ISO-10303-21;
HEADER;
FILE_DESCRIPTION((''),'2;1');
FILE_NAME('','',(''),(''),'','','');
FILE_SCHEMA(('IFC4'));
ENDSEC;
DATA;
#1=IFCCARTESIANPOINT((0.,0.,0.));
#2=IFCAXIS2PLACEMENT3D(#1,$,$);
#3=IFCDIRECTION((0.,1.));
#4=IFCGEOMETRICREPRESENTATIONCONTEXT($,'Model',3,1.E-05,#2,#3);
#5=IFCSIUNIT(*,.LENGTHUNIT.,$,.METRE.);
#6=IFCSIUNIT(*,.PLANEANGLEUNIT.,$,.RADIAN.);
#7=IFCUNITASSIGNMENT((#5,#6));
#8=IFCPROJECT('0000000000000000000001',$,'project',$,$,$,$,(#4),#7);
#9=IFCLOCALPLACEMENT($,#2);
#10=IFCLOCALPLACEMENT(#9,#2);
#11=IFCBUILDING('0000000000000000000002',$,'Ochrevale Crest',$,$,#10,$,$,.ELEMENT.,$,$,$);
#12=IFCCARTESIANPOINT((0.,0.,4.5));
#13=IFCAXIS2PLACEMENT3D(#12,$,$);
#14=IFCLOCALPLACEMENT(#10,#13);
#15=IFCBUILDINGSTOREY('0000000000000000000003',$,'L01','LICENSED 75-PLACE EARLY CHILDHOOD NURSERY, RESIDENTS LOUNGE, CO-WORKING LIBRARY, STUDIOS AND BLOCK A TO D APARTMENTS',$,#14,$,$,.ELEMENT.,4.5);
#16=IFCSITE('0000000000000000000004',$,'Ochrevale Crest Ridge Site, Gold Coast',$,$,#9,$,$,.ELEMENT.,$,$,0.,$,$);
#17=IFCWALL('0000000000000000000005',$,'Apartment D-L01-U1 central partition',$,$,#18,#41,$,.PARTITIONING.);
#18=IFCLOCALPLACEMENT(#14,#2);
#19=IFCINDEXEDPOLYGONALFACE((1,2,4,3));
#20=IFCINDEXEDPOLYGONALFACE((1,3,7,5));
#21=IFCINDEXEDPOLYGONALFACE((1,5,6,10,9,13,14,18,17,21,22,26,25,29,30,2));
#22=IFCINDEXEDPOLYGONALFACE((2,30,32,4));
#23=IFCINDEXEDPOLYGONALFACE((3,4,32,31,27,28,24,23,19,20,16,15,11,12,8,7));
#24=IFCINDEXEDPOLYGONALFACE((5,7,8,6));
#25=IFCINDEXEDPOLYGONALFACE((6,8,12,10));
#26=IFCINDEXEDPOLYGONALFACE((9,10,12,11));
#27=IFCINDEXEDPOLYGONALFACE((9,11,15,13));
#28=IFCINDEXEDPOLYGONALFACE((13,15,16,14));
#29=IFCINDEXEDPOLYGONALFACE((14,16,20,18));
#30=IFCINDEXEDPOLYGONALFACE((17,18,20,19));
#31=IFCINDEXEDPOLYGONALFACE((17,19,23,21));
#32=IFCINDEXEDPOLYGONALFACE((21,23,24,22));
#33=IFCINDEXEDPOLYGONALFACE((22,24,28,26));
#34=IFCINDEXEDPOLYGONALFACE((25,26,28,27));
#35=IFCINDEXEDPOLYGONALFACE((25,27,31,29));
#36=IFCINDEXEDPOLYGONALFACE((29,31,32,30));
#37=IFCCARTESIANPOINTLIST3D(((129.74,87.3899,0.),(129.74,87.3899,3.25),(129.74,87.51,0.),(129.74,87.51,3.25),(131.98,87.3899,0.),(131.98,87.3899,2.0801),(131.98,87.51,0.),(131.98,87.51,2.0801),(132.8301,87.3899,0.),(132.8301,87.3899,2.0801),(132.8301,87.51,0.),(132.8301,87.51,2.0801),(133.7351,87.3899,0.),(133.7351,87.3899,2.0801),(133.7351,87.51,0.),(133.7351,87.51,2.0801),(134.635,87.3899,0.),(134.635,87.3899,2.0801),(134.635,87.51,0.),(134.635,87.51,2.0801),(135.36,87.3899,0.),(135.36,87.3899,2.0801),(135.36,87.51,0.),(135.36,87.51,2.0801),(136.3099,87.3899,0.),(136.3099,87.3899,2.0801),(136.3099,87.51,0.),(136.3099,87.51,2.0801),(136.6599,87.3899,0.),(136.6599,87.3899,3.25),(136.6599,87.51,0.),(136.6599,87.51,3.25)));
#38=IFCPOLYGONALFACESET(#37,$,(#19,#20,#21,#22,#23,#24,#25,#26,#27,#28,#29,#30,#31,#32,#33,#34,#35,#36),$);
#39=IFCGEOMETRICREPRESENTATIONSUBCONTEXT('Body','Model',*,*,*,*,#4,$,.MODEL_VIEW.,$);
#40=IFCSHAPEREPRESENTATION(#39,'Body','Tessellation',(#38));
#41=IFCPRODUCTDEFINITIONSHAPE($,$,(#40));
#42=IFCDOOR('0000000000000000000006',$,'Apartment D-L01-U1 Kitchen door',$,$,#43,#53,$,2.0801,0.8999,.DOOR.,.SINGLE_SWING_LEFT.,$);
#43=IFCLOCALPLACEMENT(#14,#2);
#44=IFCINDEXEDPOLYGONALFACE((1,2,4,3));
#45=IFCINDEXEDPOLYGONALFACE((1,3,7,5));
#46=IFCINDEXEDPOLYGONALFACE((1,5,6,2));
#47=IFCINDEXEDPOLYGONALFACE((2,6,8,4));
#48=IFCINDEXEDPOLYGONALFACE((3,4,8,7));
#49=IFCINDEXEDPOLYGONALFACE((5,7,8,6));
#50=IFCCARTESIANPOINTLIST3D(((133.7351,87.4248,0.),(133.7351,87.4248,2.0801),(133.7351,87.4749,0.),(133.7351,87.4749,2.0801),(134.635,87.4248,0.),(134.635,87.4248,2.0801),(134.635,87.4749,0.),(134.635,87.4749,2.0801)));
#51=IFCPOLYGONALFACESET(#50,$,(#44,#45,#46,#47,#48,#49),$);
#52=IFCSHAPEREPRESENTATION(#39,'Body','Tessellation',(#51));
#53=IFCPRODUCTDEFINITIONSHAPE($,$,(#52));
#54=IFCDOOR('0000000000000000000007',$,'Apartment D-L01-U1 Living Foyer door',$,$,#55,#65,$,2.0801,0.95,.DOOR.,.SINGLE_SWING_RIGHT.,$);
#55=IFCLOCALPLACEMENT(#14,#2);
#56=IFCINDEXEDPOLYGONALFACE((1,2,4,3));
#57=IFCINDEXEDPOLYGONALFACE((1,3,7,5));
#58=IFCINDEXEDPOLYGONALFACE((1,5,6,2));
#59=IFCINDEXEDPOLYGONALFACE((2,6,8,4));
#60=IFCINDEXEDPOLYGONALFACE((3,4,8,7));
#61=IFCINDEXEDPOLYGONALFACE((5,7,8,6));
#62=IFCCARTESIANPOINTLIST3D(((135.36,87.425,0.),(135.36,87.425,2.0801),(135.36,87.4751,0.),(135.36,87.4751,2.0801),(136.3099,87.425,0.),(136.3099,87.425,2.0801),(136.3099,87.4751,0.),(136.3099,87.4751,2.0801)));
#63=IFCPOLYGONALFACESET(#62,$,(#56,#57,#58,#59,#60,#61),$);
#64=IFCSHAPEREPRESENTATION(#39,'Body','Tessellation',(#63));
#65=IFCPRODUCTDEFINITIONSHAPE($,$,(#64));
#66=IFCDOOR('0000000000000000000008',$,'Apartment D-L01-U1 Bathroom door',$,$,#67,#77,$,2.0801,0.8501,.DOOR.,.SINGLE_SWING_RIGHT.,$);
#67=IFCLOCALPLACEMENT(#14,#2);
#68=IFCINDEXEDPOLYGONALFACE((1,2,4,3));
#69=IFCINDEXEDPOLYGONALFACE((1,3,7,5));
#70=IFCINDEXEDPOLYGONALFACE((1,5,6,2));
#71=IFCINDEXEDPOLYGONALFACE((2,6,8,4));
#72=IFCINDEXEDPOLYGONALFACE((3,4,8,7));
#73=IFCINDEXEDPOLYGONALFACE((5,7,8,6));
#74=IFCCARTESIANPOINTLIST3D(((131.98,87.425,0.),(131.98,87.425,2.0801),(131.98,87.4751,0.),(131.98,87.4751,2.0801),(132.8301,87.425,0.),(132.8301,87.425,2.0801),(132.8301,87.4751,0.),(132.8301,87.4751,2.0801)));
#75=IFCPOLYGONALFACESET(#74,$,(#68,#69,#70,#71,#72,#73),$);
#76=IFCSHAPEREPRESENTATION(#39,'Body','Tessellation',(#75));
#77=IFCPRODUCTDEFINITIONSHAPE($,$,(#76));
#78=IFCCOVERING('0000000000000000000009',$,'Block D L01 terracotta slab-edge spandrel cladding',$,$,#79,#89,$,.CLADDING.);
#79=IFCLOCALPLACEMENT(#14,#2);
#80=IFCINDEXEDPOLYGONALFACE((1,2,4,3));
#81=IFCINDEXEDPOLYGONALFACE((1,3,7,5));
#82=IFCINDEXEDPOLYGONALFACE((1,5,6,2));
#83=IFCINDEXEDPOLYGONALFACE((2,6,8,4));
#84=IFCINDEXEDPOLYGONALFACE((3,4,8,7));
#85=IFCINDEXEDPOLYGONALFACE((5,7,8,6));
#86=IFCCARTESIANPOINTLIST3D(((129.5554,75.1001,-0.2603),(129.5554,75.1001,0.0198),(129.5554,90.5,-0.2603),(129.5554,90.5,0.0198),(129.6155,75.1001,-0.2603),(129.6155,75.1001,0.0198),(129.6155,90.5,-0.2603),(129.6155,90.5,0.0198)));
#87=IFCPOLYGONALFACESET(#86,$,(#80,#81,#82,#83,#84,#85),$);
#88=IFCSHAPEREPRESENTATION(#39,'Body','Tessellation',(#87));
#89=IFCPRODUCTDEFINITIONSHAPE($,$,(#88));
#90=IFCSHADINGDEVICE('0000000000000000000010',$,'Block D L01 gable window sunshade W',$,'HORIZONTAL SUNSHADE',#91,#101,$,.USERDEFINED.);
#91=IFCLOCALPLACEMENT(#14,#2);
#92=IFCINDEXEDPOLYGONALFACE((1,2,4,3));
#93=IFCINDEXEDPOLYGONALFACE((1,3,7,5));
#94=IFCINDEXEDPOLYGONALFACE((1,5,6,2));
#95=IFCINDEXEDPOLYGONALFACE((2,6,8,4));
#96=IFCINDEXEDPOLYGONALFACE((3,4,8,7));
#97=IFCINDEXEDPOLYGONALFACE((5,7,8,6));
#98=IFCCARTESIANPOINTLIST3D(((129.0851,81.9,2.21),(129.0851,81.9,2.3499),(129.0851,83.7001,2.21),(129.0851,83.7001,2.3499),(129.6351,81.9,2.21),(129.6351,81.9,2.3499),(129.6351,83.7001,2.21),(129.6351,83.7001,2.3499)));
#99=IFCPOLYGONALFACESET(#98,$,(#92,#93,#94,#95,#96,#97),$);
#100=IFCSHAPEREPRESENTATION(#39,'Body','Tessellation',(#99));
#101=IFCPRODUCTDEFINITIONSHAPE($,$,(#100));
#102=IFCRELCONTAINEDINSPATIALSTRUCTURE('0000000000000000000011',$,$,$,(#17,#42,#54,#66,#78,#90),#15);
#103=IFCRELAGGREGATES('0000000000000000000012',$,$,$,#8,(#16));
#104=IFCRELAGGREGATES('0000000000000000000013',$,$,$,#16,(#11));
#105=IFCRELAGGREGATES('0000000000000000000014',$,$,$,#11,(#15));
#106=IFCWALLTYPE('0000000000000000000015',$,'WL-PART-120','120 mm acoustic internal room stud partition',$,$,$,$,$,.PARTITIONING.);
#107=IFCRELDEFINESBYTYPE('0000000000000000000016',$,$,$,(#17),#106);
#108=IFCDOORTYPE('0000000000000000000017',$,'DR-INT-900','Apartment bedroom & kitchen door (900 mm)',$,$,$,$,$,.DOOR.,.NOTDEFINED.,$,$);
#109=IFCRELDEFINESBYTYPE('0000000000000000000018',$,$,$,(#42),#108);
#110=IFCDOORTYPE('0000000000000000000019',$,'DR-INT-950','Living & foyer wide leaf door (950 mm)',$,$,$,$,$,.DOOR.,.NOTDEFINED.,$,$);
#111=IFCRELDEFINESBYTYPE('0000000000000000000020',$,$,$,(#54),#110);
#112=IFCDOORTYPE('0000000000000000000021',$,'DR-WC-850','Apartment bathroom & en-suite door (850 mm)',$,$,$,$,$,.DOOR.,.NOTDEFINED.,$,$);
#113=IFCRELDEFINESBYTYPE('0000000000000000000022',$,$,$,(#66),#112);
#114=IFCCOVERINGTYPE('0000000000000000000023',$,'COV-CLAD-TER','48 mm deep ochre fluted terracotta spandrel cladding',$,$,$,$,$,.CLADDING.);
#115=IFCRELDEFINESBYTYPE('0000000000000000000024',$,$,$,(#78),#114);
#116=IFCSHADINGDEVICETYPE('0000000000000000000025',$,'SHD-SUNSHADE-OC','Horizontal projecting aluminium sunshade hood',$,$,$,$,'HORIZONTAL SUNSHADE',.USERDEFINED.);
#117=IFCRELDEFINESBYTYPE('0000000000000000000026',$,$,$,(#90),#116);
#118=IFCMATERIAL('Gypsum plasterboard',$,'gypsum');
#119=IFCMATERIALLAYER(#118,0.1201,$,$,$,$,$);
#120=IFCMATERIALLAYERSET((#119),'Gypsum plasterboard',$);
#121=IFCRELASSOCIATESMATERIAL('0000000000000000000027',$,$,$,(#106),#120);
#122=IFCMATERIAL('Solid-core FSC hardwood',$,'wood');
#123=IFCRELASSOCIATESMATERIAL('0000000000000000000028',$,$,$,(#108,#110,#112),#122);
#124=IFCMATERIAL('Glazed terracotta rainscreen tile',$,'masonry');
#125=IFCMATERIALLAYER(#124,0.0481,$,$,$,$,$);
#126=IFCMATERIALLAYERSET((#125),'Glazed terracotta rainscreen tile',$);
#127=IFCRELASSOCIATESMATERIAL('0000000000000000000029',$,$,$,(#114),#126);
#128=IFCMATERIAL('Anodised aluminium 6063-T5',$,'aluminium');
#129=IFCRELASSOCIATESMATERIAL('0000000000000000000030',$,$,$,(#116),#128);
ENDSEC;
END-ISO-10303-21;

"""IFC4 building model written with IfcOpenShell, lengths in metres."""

from ifc_helpers import new_model, si_unit, direction, frame, frame_2d, origin, origin_2d, place, context, subcontext, project, spatial, rectangle, extrude, material, layer, layer_set, type_object, element, fill, save


model = new_model("IFC4")

# Units and contexts
model_context = context("Model", 3, precision=1e-05, world=origin(), true_north=direction((0.0, 1.0)))
body_context = subcontext(model_context, "Body", "Model", "MODEL_VIEW")
ifc_project = project(units=[si_unit("LENGTHUNIT", "METRE"), si_unit("PLANEANGLEUNIT", "RADIAN")], contexts=[model_context])

# Site, building, storey
site_placement = place(None, origin())
site = spatial("IfcSite", under=ifc_project, at=site_placement, Name="Ochrevale Crest Ridge Site, Gold Coast", CompositionType="ELEMENT", RefElevation=0.0)
building_placement = place(site_placement, origin())
building = spatial("IfcBuilding", under=site, at=building_placement, Name="Ochrevale Crest", CompositionType="ELEMENT")
storey_placement = place(building_placement, frame((0.0, 0.0, 4.5)))
storey = spatial("IfcBuildingStorey", under=building, at=storey_placement, Name="L01", Description="LICENSED 75-PLACE EARLY CHILDHOOD NURSERY, RESIDENTS LOUNGE, CO-WORKING LIBRARY, STUDIOS AND BLOCK A TO D APARTMENTS", CompositionType="ELEMENT", Elevation=4.5)

# Shared definitions
ifc_material_1 = material(Name="Anodised aluminium 6063-T5", Category="aluminium")

# Shared definitions
ifc_material_2 = material(Name="Gypsum plasterboard", Category="gypsum")
ifc_material_3 = material(Name="Solid-core FSC hardwood", Category="wood")

# Wall, openings, doors
ifc_layer_1 = layer(ifc_material_2, 0.1201)
ifc_layer_set_1 = layer_set([ifc_layer_1], Name="Gypsum plasterboard")
wall_type_1 = type_object("IfcWallType", Name="WL-PART-120", Description="120 mm acoustic internal room stud partition", PredefinedType="PARTITIONING", material=ifc_layer_set_1)
wall_1_placement = place(storey_placement, frame((129.74, 87.45, 0.0), z_axis=(0.0, 0.0, 1.0), x_axis=(1.0, 0.0, 0.0)))
wall_1 = element("IfcWall", 1, at=wall_1_placement, inside=storey, type_object=wall_type_1, Name="Apartment D-L01-U1 central partition", PredefinedType="PARTITIONING", context=body_context, shape_type="SweptSolid", body=[
    extrude(rectangle(XDim=6.9199, YDim=0.1201, at=frame_2d((3.46, 0.0))), origin(), (0.0, 0.0, 1.0), 3.25),
])
opening_1_placement = place(wall_1_placement, frame((3.0901, 0.0, 0.0), z_axis=(0.0, 0.0, 1.0), x_axis=(-1.0, 0.0, 0.0)))
opening_1 = element("IfcOpeningElement", 2, at=opening_1_placement, cuts=wall_1, PredefinedType="OPENING", context=body_context, shape_type="SweptSolid", body=[
    extrude(rectangle(XDim=0.8501, YDim=2.0801, at=frame_2d((0.425, 1.04))), frame((0.0, 0.0701, 0.0), z_axis=(0.0, -1.0, 0.0), x_axis=(1.0, 0.0, 0.0)), (0.0, 0.0, 1.0), 0.1401),
])
opening_2_placement = place(wall_1_placement, frame((3.9951, 0.0, 0.0)))
opening_2 = element("IfcOpeningElement", 3, at=opening_2_placement, cuts=wall_1, PredefinedType="OPENING", context=body_context, shape_type="SweptSolid", body=[
    extrude(rectangle(XDim=0.8999, YDim=2.0801, at=frame_2d((0.45, 1.04))), frame((0.0, 0.0701, 0.0), z_axis=(0.0, -1.0, 0.0), x_axis=(1.0, 0.0, 0.0)), (0.0, 0.0, 1.0), 0.1401),
])
opening_3_placement = place(wall_1_placement, frame((6.5701, 0.0, 0.0), z_axis=(0.0, 0.0, 1.0), x_axis=(-1.0, 0.0, 0.0)))
opening_3 = element("IfcOpeningElement", 4, at=opening_3_placement, cuts=wall_1, PredefinedType="OPENING", context=body_context, shape_type="SweptSolid", body=[
    extrude(rectangle(XDim=0.95, YDim=2.0801, at=frame_2d((0.4751, 1.04))), frame((0.0, 0.0701, 0.0), z_axis=(0.0, -1.0, 0.0), x_axis=(1.0, 0.0, 0.0)), (0.0, 0.0, 1.0), 0.1401),
])
door_type_1 = type_object("IfcDoorType", Name="DR-INT-900", Description="Apartment bedroom & kitchen door (900 mm)", OperationType="NOTDEFINED", PredefinedType="DOOR", material=ifc_material_3)
door_1_placement = place(opening_2_placement, origin())
door_1 = element("IfcDoor", 5, at=door_1_placement, inside=storey, type_object=door_type_1, Name="Apartment D-L01-U1 Kitchen door", OperationType="SINGLE_SWING_LEFT", OverallHeight=2.0801, OverallWidth=0.8999, PredefinedType="DOOR", context=body_context, shape_type="SweptSolid", body=[
    extrude(rectangle(XDim=0.8999, YDim=2.0801, at=frame_2d((0.45, 1.04))), frame((0.0, 0.0249, 0.0), z_axis=(0.0, -1.0, 0.0), x_axis=(1.0, 0.0, 0.0)), (0.0, 0.0, 1.0), 0.05),
])
fill(opening_2, door_1)
door_type_2 = type_object("IfcDoorType", Name="DR-INT-950", Description="Living & foyer wide leaf door (950 mm)", OperationType="NOTDEFINED", PredefinedType="DOOR", material=ifc_material_3)
door_2_placement = place(opening_3_placement, origin())
door_2 = element("IfcDoor", 6, at=door_2_placement, inside=storey, type_object=door_type_2, Name="Apartment D-L01-U1 Living Foyer door", OperationType="SINGLE_SWING_RIGHT", OverallHeight=2.0801, OverallWidth=0.95, PredefinedType="DOOR", context=body_context, shape_type="SweptSolid", body=[
    extrude(rectangle(XDim=0.95, YDim=2.0801, at=frame_2d((0.4751, 1.04))), frame((0.0, 0.0249, 0.0), z_axis=(0.0, -1.0, 0.0), x_axis=(1.0, 0.0, 0.0)), (0.0, 0.0, 1.0), 0.05),
])
fill(opening_3, door_2)
door_type_3 = type_object("IfcDoorType", Name="DR-WC-850", Description="Apartment bathroom & en-suite door (850 mm)", OperationType="NOTDEFINED", PredefinedType="DOOR", material=ifc_material_3)
door_3_placement = place(opening_1_placement, origin())
door_3 = element("IfcDoor", 7, at=door_3_placement, inside=storey, type_object=door_type_3, Name="Apartment D-L01-U1 Bathroom door", OperationType="SINGLE_SWING_RIGHT", OverallHeight=2.0801, OverallWidth=0.8501, PredefinedType="DOOR", context=body_context, shape_type="SweptSolid", body=[
    extrude(rectangle(XDim=0.8501, YDim=2.0801, at=frame_2d((0.425, 1.04))), frame((0.0, 0.0249, 0.0), z_axis=(0.0, -1.0, 0.0), x_axis=(1.0, 0.0, 0.0)), (0.0, 0.0, 1.0), 0.05),
])
fill(opening_1, door_3)

# Covering
ifc_material_4 = material(Name="Glazed terracotta rainscreen tile", Category="masonry")
ifc_layer_2 = layer(ifc_material_4, 0.0481)
ifc_layer_set_2 = layer_set([ifc_layer_2], Name="Glazed terracotta rainscreen tile")
covering_type = type_object("IfcCoveringType", Name="COV-CLAD-TER", Description="48 mm deep ochre fluted terracotta spandrel cladding", PredefinedType="CLADDING", material=ifc_layer_set_2)
covering_placement = place(storey_placement, frame((129.5854, 82.8, -0.2603), z_axis=(0.0, 0.0, 1.0), x_axis=(0.0, -1.0, 0.0)))
element("IfcCovering", 8, at=covering_placement, inside=storey, type_object=covering_type, Name="Block D L01 terracotta slab-edge spandrel cladding", PredefinedType="CLADDING", context=body_context, shape_type="SweptSolid", body=[
    extrude(rectangle(XDim=15.3999, YDim=0.0601, at=origin_2d()), origin(), (0.0, 0.0, 1.0), 0.28),
])

# Shading device
shading_device_type = type_object("IfcShadingDeviceType", Name="SHD-SUNSHADE-OC", Description="Horizontal projecting aluminium sunshade hood", ElementType="HORIZONTAL SUNSHADE", PredefinedType="USERDEFINED", material=ifc_material_1)
shading_device_placement = place(storey_placement, frame((129.3601, 82.8, 2.21), z_axis=(0.0, 0.0, 1.0), x_axis=(1.0, 0.0, 0.0)))
element("IfcShadingDevice", 9, at=shading_device_placement, inside=storey, type_object=shading_device_type, Name="Block D L01 gable window sunshade W", ObjectType="HORIZONTAL SUNSHADE", PredefinedType="USERDEFINED", context=body_context, shape_type="SweptSolid", body=[
    extrude(rectangle(XDim=0.55, YDim=1.8, at=origin_2d()), origin(), (0.0, 0.0, 1.0), 0.1399),
])

save(model, "model.ifc")
